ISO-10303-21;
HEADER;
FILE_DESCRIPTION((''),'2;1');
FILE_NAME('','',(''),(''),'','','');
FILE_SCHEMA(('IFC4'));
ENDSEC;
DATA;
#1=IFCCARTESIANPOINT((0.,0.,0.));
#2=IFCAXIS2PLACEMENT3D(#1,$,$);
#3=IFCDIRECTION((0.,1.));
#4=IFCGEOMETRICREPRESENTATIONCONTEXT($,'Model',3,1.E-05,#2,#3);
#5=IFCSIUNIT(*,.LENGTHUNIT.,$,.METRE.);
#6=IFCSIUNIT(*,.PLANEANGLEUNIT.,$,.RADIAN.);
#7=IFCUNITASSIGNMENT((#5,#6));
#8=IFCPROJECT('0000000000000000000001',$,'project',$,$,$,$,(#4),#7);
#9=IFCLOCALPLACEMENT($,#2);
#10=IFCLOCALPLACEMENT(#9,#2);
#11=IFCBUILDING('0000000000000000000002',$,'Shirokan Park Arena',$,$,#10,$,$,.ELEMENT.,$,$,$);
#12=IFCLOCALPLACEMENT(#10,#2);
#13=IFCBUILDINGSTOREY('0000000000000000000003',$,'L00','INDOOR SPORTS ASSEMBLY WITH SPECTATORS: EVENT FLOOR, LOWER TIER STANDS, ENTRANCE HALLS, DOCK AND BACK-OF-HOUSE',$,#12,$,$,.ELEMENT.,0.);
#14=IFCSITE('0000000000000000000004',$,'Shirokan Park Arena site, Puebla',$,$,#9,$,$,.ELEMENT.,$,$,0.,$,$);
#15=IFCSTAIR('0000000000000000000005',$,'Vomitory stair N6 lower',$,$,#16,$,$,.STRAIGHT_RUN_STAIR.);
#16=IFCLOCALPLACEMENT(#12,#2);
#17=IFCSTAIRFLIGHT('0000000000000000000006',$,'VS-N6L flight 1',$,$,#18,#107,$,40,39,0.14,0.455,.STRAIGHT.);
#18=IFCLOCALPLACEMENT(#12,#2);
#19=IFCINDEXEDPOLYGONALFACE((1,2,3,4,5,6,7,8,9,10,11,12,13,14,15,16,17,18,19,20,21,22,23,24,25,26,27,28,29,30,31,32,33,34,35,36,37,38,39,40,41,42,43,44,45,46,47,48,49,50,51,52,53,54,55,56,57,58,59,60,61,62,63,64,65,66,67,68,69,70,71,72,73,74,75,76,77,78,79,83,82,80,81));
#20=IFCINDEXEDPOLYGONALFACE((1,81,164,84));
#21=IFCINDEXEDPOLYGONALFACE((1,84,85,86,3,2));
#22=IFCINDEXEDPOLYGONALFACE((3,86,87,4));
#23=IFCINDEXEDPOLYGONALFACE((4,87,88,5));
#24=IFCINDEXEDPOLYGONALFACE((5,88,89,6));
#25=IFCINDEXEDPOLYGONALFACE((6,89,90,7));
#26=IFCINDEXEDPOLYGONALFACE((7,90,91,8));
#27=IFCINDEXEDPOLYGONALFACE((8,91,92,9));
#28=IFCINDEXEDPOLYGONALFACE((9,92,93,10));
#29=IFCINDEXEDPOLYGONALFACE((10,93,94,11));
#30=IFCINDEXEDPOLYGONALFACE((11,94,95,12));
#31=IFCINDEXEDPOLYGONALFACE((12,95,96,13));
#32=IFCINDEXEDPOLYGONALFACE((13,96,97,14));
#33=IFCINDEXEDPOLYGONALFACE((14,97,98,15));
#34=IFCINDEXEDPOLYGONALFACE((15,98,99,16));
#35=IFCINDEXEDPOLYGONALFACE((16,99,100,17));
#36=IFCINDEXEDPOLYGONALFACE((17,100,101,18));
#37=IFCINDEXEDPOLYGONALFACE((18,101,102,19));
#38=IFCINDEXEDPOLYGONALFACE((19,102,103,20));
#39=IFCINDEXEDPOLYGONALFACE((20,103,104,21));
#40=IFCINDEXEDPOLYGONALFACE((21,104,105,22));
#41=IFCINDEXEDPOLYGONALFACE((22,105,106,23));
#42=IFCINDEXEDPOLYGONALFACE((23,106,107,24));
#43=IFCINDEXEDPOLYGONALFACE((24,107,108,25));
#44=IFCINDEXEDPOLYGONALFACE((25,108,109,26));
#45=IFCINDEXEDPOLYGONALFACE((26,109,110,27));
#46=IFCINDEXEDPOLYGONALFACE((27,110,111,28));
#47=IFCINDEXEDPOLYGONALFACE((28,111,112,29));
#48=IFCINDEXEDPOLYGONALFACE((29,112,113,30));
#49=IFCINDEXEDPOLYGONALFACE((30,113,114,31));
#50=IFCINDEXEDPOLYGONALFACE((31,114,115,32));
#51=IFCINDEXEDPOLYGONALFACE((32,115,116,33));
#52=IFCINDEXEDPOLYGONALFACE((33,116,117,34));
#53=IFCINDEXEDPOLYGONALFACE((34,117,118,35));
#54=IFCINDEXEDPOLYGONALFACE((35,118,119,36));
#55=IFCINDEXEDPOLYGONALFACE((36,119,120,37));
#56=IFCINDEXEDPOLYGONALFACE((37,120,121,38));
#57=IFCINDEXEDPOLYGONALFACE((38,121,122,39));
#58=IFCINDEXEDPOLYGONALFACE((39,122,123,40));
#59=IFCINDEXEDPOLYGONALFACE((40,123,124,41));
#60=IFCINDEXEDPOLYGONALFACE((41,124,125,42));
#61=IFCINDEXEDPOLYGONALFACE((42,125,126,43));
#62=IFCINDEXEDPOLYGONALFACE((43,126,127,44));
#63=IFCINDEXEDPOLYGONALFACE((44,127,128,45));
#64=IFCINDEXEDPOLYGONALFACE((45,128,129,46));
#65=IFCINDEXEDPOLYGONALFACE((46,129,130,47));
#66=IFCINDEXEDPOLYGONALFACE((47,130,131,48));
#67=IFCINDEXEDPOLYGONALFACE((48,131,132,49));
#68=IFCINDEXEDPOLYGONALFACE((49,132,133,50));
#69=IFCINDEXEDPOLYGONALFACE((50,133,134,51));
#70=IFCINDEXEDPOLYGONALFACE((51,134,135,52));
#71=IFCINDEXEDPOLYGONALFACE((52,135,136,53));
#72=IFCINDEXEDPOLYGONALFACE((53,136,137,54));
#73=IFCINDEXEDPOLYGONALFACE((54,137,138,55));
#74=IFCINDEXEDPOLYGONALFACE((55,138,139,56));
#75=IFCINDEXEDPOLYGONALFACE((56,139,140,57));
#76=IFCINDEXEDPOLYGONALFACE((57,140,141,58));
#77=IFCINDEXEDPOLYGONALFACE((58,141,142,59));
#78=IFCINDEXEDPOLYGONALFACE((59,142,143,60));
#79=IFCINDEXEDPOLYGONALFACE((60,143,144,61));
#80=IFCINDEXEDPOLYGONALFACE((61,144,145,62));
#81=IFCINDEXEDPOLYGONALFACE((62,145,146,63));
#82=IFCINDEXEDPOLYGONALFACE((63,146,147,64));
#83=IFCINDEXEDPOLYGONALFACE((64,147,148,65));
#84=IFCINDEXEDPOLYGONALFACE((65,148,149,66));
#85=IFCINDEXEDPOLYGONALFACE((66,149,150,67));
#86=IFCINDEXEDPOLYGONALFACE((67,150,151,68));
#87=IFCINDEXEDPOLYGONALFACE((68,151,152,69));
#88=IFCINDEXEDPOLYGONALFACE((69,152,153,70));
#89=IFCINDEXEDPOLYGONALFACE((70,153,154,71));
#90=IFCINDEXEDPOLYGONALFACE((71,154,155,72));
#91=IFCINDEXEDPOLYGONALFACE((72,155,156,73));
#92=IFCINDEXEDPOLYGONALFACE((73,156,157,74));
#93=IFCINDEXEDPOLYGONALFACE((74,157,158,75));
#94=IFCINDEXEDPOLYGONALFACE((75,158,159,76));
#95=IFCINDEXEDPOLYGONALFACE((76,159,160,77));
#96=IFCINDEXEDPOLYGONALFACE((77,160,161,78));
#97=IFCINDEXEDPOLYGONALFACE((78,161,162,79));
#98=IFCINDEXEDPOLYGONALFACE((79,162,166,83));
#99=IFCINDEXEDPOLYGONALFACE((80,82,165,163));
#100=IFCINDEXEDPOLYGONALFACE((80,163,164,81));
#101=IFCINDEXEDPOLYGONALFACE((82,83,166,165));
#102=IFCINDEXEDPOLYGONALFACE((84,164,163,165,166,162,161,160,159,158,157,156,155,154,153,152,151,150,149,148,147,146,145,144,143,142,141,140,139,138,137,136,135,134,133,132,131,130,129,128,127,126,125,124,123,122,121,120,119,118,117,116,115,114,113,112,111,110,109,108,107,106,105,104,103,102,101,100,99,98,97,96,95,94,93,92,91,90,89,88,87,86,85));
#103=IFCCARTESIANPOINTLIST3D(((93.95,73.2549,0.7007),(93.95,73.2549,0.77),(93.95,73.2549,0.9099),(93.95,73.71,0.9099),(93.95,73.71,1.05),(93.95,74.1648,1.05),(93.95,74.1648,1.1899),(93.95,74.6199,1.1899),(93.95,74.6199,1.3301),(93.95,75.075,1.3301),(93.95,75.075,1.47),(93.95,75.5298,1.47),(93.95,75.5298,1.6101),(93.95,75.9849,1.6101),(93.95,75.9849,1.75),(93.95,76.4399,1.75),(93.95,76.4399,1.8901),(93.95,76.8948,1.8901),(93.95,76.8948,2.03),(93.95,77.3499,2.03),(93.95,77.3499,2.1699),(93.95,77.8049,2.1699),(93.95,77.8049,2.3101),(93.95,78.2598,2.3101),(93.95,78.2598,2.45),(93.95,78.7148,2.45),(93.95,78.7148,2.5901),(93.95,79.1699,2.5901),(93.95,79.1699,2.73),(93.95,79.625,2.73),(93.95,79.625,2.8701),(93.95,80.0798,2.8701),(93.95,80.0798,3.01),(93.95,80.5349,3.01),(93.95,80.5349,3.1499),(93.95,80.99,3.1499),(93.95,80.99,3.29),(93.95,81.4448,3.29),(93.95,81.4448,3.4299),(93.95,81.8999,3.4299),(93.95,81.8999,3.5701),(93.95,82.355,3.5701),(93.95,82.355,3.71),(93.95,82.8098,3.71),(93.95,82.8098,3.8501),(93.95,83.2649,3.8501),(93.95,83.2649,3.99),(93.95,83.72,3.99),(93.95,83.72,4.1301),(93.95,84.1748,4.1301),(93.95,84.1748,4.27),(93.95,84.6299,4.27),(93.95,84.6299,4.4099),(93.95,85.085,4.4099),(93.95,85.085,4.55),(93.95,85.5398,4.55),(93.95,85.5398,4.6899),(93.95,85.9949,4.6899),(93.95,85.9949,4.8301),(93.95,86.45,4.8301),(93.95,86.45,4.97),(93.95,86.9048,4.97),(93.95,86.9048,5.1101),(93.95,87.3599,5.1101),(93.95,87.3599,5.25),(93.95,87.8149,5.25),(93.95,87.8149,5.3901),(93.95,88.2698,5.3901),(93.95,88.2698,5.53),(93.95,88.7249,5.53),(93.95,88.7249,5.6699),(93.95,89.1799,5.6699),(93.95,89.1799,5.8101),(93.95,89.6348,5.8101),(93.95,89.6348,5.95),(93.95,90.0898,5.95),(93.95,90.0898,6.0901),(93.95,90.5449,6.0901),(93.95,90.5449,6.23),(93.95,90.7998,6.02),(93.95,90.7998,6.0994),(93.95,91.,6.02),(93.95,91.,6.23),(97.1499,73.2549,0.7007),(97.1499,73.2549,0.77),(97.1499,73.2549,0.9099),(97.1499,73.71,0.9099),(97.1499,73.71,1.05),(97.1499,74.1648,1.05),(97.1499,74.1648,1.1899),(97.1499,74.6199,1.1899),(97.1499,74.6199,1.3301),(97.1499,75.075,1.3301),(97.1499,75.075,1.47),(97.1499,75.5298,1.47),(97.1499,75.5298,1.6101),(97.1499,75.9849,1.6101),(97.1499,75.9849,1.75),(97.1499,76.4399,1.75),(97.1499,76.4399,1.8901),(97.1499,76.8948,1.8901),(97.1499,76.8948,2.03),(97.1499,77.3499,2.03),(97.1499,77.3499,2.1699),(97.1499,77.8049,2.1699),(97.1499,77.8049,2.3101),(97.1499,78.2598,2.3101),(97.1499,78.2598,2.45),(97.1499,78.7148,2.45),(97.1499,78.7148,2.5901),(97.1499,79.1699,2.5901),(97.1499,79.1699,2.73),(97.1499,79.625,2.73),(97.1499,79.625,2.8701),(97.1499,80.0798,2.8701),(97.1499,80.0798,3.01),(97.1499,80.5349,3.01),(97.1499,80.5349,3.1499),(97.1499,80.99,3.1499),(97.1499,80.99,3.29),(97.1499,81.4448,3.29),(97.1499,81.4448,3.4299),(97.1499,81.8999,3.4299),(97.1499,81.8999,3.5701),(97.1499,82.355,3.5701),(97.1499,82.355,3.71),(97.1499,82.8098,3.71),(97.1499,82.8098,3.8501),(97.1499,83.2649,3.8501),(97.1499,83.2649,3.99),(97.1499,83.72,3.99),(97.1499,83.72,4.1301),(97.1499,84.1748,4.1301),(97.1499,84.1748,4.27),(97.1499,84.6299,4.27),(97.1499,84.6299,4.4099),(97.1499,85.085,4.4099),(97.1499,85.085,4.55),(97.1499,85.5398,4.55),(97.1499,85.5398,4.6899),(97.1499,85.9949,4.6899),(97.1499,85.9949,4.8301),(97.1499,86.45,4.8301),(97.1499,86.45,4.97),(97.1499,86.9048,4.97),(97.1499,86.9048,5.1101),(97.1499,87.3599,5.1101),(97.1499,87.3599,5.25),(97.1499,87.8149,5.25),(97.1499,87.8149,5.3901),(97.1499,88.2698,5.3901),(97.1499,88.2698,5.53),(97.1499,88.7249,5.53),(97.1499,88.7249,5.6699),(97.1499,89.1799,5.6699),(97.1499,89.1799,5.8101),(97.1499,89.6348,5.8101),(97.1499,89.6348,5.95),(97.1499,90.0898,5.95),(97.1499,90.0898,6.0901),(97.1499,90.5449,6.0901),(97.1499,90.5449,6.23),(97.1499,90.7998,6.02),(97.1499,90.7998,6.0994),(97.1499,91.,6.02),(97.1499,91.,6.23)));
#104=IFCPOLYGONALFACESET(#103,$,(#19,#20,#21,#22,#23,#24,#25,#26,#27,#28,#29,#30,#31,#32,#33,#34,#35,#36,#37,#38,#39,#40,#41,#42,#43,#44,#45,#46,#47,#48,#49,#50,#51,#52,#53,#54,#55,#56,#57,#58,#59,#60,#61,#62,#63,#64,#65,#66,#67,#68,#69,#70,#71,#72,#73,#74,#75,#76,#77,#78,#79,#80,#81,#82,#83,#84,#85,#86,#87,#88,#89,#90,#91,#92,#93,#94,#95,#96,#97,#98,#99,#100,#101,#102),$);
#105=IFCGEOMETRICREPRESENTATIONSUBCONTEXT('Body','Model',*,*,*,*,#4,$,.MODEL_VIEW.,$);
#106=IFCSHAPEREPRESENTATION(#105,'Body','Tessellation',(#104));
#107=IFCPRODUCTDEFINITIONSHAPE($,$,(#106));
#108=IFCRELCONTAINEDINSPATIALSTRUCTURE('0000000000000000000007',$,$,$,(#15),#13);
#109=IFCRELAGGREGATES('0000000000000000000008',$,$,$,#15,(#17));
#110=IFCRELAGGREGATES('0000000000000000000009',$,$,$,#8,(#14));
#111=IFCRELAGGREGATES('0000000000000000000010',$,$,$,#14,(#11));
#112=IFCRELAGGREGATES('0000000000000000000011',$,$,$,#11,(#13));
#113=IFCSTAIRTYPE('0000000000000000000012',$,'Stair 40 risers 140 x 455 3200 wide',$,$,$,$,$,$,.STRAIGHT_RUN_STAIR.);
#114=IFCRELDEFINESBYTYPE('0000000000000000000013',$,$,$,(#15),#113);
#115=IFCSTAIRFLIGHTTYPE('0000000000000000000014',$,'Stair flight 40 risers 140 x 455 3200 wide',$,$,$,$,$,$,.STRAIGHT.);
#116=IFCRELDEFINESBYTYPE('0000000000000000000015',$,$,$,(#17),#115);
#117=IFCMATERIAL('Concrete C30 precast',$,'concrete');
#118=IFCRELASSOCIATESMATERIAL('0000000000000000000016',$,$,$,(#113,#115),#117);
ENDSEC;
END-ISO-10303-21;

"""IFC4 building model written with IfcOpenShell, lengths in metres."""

from ifc_helpers import new_model, si_unit, direction, frame, origin, place, context, subcontext, project, spatial, polyline, outline, extrude, material, type_object, element, aggregate, save


model = new_model("IFC4")

# Units and contexts
model_context = context("Model", 3, precision=1e-05, world=origin(), true_north=direction((0.0, 1.0)))
body_context = subcontext(model_context, "Body", "Model", "MODEL_VIEW")
ifc_project = project(units=[si_unit("LENGTHUNIT", "METRE"), si_unit("PLANEANGLEUNIT", "RADIAN")], contexts=[model_context])

# Site, building, storey
site_placement = place(None, origin())
site = spatial("IfcSite", under=ifc_project, at=site_placement, Name="Shirokan Park Arena site, Puebla", CompositionType="ELEMENT", RefElevation=0.0)
building_placement = place(site_placement, origin())
building = spatial("IfcBuilding", under=site, at=building_placement, Name="Shirokan Park Arena", CompositionType="ELEMENT")
storey_placement = place(building_placement, origin())
storey = spatial("IfcBuildingStorey", under=building, at=storey_placement, Name="L00", Description="INDOOR SPORTS ASSEMBLY WITH SPECTATORS: EVENT FLOOR, LOWER TIER STANDS, ENTRANCE HALLS, DOCK AND BACK-OF-HOUSE", CompositionType="ELEMENT", Elevation=0.0)

# Stair, stair flight
ifc_material_1 = material(Name="Concrete C30 precast", Category="concrete")
stair_type = type_object("IfcStairType", Name="Stair 40 risers 140 x 455 3200 wide", PredefinedType="STRAIGHT_RUN_STAIR", material=ifc_material_1)
stair_flight_type = type_object("IfcStairFlightType", Name="Stair flight 40 risers 140 x 455 3200 wide", PredefinedType="STRAIGHT", material=ifc_material_1)
stair_1_placement = place(storey_placement, origin())
stair_1 = element("IfcStair", 1, at=stair_1_placement, inside=storey, type_object=stair_type, Name="Vomitory stair N6 lower", PredefinedType="STRAIGHT_RUN_STAIR")
stair_flight_1_placement = place(storey_placement, frame((95.55, 73.2549, 0.77), z_axis=(0.0, 0.0, 1.0), x_axis=(0.0, 1.0, 0.0)))
stair_flight_1 = element("IfcStairFlight", 2, at=stair_flight_1_placement, type_object=stair_flight_type, Name="VS-N6L flight 1", NumberOfRisers=40, NumberOfTreads=39, PredefinedType="STRAIGHT", RiserHeight=0.14, TreadLength=0.455, context=body_context, shape_type="SweptSolid", body=[
    extrude(outline(polyline([(0.0, -0.0693), (0.0, 0.0), (0.0, 0.1399), (0.4551, 0.1399), (0.4551, 0.28), (0.9099, 0.28), (0.9099, 0.4199), (1.365, 0.4199), (1.365, 0.5601), (1.8201, 0.5601), (1.8201, 0.7), (2.2749, 0.7), (2.2749, 0.8401), (2.73, 0.8401), (2.73, 0.98), (3.1851, 0.98), (3.1851, 1.1201), (3.6399, 1.1201), (3.6399, 1.26), (4.095, 1.26), (4.095, 1.3999), (4.55, 1.3999), (4.55, 1.54), (5.0049, 1.54), (5.0049, 1.6799), (5.46, 1.6799), (5.46, 1.8201), (5.915, 1.8201), (5.915, 1.96), (6.3701, 1.96), (6.3701, 2.1001), (6.825, 2.1001), (6.825, 2.24), (7.28, 2.24), (7.28, 2.3799), (7.7351, 2.3799), (7.7351, 2.52), (8.1899, 2.52), (8.1899, 2.6599), (8.645, 2.6599), (8.645, 2.8), (9.1001, 2.8), (9.1001, 2.9399), (9.5549, 2.9399), (9.5549, 3.0801), (10.01, 3.0801), (10.01, 3.22), (10.4651, 3.22), (10.4651, 3.3601), (10.9199, 3.3601), (10.9199, 3.5), (11.375, 3.5), (11.375, 3.6399), (11.8301, 3.6399), (11.8301, 3.78), (12.2849, 3.78), (12.2849, 3.9199), (12.74, 3.9199), (12.74, 4.0601), (13.1951, 4.0601), (13.1951, 4.2), (13.6499, 4.2), (13.6499, 4.3401), (14.105, 4.3401), (14.105, 4.48), (14.5601, 4.48), (14.5601, 4.6201), (15.0149, 4.6201), (15.0149, 4.76), (15.47, 4.76), (15.47, 4.8999), (15.925, 4.8999), (15.925, 5.04), (16.3799, 5.04), (16.3799, 5.1799), (16.835, 5.1799), (16.835, 5.3201), (17.29, 5.3201), (17.29, 5.46), (17.7451, 5.46), (17.7451, 5.6001), (17.7451, 5.25), (17.5449, 5.25), (17.5449, 5.3293), (0.0, -0.0693)])), frame((0.0, 1.6001, 0.0), z_axis=(0.0, -1.0, 0.0), x_axis=(1.0, 0.0, 0.0)), (0.0, 0.0, 1.0), 3.2),
])
aggregate(stair_1, [stair_flight_1])

save(model, "model.ifc")
